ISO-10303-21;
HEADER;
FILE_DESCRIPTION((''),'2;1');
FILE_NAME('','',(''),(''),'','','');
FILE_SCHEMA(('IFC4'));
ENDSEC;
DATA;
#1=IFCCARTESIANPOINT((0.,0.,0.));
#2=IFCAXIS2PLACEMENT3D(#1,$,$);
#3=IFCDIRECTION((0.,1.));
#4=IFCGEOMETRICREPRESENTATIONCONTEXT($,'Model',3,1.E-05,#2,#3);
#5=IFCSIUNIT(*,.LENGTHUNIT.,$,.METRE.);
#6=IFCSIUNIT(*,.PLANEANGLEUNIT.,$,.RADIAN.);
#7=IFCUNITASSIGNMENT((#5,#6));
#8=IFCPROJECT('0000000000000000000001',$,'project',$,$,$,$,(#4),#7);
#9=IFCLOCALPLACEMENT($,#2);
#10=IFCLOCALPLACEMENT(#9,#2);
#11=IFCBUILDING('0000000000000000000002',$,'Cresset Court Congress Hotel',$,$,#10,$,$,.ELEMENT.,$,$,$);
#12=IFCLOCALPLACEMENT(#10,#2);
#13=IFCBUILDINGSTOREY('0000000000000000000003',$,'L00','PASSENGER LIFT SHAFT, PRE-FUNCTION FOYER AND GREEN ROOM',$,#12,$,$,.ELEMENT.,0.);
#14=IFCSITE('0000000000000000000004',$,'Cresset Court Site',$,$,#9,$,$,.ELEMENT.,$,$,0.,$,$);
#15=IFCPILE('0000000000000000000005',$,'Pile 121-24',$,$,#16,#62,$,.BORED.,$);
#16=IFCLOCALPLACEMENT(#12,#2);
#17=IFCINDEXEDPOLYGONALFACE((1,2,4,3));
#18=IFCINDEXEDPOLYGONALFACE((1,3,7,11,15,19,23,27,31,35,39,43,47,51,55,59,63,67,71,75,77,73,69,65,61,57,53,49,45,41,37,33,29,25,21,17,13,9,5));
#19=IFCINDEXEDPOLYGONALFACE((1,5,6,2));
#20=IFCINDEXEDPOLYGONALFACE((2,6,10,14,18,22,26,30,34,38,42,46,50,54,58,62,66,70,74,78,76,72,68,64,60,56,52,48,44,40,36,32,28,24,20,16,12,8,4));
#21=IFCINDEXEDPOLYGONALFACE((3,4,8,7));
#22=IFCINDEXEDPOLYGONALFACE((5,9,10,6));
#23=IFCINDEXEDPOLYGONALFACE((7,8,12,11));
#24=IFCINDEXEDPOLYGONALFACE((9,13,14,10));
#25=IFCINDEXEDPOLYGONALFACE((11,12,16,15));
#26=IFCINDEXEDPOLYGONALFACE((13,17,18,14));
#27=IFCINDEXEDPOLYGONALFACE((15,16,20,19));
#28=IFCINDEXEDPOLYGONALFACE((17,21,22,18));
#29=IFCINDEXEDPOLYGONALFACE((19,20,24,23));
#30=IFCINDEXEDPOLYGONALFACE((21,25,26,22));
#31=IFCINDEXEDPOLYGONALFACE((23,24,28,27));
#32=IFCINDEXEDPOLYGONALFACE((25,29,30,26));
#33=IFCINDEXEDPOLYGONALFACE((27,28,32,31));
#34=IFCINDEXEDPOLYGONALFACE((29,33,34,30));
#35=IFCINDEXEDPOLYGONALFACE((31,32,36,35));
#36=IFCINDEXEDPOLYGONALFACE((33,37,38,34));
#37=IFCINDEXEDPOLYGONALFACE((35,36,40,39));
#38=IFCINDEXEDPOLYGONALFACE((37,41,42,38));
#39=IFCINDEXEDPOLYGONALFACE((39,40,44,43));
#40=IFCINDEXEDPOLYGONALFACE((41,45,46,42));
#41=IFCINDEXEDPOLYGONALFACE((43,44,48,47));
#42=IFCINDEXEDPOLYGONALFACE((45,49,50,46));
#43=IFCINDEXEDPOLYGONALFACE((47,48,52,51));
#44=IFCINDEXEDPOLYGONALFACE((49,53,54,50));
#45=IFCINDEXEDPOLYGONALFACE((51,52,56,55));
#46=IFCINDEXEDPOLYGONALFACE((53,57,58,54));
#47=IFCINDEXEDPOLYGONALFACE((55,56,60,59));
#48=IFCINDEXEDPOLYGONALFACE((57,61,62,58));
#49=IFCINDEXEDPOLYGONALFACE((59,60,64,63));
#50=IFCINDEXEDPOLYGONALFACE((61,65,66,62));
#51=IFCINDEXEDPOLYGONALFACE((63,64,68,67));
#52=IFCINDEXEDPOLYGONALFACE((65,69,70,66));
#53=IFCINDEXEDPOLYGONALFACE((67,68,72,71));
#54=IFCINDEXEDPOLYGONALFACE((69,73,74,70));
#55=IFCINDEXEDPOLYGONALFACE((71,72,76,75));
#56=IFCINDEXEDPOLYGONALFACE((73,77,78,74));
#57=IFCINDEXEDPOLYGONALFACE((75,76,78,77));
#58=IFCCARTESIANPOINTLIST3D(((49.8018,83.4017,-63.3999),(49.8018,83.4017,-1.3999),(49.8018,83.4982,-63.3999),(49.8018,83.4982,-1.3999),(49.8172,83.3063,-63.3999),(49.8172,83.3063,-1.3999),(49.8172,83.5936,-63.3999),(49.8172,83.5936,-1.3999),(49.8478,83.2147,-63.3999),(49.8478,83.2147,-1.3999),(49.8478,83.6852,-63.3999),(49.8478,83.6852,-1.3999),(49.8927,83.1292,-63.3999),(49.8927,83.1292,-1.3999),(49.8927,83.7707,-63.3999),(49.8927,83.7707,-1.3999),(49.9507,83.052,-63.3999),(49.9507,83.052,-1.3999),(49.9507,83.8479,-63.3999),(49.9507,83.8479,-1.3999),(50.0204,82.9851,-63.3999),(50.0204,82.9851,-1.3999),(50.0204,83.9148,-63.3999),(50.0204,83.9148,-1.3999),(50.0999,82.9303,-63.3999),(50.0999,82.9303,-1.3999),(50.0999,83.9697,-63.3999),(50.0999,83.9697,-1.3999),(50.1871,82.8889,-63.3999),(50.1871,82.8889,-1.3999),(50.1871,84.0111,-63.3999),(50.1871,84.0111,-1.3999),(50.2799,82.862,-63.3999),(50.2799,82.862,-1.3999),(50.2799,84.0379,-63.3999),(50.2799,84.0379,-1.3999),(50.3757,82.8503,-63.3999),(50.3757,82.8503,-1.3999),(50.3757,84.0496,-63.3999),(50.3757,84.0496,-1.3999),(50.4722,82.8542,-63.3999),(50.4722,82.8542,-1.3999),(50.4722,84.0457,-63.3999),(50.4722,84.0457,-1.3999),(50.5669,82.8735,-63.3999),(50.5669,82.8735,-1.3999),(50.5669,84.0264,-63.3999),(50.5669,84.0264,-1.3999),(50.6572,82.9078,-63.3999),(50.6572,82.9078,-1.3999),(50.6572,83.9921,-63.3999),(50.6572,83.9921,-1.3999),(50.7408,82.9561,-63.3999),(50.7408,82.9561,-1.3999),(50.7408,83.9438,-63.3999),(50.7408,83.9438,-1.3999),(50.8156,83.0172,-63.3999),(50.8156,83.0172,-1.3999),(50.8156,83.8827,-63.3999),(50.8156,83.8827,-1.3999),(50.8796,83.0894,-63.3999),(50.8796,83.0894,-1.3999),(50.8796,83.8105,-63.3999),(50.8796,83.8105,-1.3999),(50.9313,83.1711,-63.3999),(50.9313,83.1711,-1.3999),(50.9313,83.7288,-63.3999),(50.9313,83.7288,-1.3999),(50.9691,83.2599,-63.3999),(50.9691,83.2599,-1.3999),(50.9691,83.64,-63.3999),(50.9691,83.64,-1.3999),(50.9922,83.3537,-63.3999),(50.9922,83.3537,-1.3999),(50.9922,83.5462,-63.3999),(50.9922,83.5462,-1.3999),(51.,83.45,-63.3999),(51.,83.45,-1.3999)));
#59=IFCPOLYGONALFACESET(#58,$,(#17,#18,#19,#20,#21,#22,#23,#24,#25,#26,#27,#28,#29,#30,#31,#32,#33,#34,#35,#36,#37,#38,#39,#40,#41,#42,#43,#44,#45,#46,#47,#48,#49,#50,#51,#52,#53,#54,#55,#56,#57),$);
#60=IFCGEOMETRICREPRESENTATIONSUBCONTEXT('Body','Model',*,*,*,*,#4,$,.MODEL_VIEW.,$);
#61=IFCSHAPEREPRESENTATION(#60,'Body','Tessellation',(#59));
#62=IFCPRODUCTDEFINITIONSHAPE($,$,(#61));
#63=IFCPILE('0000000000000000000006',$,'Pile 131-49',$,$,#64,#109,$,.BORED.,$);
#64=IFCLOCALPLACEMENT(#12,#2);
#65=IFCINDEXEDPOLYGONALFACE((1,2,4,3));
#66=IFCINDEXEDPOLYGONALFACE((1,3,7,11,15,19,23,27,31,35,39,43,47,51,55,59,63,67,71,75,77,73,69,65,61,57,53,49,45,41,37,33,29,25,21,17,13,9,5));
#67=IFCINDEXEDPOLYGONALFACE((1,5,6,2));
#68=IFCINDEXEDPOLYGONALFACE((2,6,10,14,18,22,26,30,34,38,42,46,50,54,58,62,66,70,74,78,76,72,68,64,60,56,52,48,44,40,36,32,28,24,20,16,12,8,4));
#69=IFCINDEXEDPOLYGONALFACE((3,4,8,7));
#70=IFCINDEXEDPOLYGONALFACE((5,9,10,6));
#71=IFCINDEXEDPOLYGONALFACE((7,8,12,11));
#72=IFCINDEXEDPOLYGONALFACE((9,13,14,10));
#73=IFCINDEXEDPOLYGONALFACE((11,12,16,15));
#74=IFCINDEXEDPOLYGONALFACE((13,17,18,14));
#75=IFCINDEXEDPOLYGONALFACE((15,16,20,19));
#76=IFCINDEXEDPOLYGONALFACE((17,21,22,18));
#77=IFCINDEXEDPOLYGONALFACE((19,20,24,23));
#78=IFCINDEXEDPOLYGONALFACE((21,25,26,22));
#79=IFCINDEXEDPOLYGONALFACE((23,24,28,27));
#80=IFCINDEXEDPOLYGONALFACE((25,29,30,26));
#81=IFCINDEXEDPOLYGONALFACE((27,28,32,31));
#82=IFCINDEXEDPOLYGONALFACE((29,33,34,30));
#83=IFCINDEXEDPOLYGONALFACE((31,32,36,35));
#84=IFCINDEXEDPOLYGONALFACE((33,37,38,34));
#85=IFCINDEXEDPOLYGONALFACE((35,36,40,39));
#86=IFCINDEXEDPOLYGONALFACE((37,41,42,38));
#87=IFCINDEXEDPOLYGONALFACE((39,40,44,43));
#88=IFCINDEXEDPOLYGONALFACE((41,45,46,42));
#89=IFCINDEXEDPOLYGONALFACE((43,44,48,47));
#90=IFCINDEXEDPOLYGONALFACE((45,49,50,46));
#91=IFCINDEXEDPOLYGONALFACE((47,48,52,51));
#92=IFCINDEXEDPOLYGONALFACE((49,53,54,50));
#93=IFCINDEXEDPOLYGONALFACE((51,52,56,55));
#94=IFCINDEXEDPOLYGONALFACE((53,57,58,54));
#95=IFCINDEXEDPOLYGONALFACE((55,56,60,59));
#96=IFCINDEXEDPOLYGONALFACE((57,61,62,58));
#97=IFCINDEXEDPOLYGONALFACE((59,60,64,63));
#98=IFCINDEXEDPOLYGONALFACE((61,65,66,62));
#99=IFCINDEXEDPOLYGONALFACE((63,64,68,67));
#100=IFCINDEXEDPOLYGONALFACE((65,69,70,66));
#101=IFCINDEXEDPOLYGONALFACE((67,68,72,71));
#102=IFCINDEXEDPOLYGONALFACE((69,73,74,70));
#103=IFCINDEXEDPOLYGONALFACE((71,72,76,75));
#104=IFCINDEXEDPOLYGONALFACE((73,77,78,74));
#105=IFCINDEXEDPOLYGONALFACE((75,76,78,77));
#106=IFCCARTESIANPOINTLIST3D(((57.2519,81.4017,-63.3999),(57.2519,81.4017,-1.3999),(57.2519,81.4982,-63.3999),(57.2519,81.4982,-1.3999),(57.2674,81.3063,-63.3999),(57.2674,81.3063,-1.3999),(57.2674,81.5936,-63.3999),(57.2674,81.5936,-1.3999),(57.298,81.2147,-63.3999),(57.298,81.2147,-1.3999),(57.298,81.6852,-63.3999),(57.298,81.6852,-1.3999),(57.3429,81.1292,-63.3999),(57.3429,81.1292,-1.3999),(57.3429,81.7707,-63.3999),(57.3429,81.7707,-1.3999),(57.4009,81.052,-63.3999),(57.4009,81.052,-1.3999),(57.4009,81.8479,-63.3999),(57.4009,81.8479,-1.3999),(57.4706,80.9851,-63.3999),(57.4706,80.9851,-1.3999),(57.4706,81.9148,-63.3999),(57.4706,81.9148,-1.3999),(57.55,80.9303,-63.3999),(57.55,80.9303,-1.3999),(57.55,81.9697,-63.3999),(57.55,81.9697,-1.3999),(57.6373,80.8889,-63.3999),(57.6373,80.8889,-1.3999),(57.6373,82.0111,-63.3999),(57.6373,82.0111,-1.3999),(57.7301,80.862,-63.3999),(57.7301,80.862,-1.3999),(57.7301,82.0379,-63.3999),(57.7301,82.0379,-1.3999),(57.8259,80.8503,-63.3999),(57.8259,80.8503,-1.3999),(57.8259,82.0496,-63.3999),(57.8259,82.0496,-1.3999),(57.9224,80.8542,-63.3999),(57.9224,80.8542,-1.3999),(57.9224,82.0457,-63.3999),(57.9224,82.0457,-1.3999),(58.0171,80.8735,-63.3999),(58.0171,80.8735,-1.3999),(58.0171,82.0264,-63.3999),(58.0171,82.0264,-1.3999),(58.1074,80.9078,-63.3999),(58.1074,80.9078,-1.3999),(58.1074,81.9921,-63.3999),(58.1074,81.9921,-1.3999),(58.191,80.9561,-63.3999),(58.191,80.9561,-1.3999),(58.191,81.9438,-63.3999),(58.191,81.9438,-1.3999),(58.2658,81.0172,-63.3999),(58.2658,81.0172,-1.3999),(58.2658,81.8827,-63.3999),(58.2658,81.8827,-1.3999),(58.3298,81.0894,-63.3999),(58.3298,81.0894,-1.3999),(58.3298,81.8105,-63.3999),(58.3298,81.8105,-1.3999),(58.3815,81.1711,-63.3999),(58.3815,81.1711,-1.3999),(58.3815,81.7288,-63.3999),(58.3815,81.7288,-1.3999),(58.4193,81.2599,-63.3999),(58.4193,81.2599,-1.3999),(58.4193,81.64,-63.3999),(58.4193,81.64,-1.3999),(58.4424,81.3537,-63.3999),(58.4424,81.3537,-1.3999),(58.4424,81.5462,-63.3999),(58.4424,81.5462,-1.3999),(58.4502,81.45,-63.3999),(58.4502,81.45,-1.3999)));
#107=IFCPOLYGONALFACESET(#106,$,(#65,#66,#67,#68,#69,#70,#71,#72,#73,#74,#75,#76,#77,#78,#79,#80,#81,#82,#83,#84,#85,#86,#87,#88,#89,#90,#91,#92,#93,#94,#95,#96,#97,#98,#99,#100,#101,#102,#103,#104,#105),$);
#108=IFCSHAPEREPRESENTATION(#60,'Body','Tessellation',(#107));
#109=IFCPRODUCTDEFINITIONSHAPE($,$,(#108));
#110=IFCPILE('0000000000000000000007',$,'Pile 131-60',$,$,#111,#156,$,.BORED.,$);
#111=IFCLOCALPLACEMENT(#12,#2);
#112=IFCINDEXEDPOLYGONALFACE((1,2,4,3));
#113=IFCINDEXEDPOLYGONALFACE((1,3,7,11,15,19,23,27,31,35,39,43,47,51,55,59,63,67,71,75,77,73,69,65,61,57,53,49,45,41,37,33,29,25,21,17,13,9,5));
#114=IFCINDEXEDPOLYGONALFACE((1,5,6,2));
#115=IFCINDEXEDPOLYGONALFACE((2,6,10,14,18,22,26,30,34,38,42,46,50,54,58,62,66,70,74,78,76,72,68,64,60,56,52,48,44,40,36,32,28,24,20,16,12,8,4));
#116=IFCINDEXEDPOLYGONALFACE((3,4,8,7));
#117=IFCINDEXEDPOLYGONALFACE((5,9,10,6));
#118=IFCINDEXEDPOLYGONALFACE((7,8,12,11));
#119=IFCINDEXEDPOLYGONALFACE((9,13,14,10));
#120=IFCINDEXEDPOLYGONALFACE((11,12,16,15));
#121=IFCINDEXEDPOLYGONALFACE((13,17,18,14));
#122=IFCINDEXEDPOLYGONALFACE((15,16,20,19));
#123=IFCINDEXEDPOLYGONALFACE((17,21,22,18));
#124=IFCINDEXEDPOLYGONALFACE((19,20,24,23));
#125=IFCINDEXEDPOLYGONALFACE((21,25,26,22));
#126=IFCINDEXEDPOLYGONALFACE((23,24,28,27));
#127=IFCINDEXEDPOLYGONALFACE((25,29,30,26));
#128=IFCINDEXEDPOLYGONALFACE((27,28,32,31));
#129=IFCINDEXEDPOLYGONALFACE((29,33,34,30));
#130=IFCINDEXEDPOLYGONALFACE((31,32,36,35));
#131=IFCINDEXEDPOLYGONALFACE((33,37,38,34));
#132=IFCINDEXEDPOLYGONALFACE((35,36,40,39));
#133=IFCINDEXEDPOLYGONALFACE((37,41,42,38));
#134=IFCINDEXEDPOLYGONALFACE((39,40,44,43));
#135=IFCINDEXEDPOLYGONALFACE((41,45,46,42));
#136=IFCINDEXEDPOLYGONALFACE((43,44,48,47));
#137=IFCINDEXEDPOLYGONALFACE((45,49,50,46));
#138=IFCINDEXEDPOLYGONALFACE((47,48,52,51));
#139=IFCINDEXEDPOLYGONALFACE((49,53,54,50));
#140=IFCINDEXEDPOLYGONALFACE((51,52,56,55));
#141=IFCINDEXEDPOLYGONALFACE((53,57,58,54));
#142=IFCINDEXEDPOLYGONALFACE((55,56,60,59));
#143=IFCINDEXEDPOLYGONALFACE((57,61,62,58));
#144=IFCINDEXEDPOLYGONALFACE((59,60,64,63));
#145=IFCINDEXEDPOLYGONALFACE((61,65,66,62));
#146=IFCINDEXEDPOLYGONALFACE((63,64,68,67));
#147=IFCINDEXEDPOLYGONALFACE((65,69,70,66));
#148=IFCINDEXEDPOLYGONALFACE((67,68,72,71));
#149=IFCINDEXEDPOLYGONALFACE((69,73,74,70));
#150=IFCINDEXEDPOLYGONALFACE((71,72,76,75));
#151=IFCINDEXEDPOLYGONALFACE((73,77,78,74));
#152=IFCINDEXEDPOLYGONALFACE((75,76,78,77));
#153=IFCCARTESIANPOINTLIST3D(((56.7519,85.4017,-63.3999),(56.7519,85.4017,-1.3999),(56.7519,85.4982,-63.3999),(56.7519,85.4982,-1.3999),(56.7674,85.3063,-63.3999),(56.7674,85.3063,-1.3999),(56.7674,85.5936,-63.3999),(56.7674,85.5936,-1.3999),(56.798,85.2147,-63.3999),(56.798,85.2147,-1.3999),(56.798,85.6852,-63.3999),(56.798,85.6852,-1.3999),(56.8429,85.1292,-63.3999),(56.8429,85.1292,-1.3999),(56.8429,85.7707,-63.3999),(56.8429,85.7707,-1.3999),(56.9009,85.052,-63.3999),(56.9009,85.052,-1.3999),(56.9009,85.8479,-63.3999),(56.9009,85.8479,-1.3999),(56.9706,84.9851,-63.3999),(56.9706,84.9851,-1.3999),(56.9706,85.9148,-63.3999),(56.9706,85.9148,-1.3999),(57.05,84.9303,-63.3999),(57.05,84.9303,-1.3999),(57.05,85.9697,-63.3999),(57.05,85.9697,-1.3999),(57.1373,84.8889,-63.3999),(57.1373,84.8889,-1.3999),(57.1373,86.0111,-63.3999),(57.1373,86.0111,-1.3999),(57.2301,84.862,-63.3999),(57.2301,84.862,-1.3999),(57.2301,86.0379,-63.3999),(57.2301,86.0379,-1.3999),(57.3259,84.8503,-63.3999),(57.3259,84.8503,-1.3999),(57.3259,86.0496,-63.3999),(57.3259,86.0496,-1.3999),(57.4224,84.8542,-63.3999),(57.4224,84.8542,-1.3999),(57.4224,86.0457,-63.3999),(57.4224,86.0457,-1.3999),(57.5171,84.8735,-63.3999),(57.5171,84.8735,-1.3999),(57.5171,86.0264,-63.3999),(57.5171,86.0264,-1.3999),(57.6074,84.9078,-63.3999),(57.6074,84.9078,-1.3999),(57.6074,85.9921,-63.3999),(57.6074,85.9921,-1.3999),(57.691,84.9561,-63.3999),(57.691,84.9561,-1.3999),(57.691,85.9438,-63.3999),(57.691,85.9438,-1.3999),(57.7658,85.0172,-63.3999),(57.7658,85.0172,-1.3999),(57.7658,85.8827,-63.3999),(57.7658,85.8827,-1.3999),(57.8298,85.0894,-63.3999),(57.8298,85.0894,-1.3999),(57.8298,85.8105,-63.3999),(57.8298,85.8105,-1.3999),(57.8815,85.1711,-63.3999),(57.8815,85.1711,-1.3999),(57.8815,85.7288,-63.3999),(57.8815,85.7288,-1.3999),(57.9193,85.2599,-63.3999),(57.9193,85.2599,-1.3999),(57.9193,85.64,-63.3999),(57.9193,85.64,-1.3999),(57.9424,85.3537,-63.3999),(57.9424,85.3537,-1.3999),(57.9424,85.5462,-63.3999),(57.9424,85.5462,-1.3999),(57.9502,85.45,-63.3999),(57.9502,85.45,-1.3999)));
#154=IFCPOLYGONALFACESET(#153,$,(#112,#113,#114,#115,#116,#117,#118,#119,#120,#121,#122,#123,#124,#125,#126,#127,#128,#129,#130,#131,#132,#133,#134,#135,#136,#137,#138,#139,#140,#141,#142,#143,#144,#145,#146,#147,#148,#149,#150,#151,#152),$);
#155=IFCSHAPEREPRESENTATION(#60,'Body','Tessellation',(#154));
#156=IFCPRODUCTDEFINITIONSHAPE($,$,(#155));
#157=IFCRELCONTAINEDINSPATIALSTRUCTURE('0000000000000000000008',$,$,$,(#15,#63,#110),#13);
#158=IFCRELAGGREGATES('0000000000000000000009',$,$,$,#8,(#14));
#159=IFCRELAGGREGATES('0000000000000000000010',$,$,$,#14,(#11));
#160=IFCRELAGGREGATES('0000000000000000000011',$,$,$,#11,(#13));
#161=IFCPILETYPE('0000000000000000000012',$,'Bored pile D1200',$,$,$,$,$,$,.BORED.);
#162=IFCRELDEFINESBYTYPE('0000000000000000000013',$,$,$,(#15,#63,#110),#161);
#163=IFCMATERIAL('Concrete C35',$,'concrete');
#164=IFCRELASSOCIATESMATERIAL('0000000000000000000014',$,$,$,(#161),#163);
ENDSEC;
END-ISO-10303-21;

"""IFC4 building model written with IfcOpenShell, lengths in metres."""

from ifc_helpers import new_model, si_unit, direction, frame, origin, origin_2d, place, context, subcontext, project, spatial, circle, extrude, material, type_object, element, save


model = new_model("IFC4")

# Units and contexts
model_context = context("Model", 3, precision=1e-05, world=origin(), true_north=direction((0.0, 1.0)))
body_context = subcontext(model_context, "Body", "Model", "MODEL_VIEW")
ifc_project = project(units=[si_unit("LENGTHUNIT", "METRE"), si_unit("PLANEANGLEUNIT", "RADIAN")], contexts=[model_context])

# Site, building, storey
site_placement = place(None, origin())
site = spatial("IfcSite", under=ifc_project, at=site_placement, Name="Cresset Court Site", CompositionType="ELEMENT", RefElevation=0.0)
building_placement = place(site_placement, origin())
building = spatial("IfcBuilding", under=site, at=building_placement, Name="Cresset Court Congress Hotel", CompositionType="ELEMENT")
storey_placement = place(building_placement, origin())
storey = spatial("IfcBuildingStorey", under=building, at=storey_placement, Name="L00", Description="PASSENGER LIFT SHAFT, PRE-FUNCTION FOYER AND GREEN ROOM", CompositionType="ELEMENT", Elevation=0.0)

# Piles
ifc_material_1 = material(Name="Concrete C35", Category="concrete")
pile_type = type_object("IfcPileType", Name="Bored pile D1200", PredefinedType="BORED", material=ifc_material_1)
for number, where, z_axis, x_axis, name in (
    (1, (50.3999, 83.45, -1.3999), (0.0, 0.0, -1.0), (1.0, 0.0, 0.0), "Pile 121-24"),
    (2, (57.8501, 81.45, -1.3999), (0.0, 0.0, -1.0), (1.0, 0.0, 0.0), "Pile 131-49"),
    (3, (57.3501, 85.45, -1.3999), (0.0, 0.0, -1.0), (1.0, 0.0, 0.0), "Pile 131-60"),
):
    element("IfcPile", number, at=place(storey_placement, frame(where, z_axis=z_axis, x_axis=x_axis)), inside=storey, type_object=pile_type, Name=name, PredefinedType="BORED", context=body_context, shape_type="SweptSolid", body=[
        extrude(circle(Radius=0.6001, at=origin_2d()), origin(), (0.0, 0.0, 1.0), 62.0),
    ])

save(model, "model.ifc")
